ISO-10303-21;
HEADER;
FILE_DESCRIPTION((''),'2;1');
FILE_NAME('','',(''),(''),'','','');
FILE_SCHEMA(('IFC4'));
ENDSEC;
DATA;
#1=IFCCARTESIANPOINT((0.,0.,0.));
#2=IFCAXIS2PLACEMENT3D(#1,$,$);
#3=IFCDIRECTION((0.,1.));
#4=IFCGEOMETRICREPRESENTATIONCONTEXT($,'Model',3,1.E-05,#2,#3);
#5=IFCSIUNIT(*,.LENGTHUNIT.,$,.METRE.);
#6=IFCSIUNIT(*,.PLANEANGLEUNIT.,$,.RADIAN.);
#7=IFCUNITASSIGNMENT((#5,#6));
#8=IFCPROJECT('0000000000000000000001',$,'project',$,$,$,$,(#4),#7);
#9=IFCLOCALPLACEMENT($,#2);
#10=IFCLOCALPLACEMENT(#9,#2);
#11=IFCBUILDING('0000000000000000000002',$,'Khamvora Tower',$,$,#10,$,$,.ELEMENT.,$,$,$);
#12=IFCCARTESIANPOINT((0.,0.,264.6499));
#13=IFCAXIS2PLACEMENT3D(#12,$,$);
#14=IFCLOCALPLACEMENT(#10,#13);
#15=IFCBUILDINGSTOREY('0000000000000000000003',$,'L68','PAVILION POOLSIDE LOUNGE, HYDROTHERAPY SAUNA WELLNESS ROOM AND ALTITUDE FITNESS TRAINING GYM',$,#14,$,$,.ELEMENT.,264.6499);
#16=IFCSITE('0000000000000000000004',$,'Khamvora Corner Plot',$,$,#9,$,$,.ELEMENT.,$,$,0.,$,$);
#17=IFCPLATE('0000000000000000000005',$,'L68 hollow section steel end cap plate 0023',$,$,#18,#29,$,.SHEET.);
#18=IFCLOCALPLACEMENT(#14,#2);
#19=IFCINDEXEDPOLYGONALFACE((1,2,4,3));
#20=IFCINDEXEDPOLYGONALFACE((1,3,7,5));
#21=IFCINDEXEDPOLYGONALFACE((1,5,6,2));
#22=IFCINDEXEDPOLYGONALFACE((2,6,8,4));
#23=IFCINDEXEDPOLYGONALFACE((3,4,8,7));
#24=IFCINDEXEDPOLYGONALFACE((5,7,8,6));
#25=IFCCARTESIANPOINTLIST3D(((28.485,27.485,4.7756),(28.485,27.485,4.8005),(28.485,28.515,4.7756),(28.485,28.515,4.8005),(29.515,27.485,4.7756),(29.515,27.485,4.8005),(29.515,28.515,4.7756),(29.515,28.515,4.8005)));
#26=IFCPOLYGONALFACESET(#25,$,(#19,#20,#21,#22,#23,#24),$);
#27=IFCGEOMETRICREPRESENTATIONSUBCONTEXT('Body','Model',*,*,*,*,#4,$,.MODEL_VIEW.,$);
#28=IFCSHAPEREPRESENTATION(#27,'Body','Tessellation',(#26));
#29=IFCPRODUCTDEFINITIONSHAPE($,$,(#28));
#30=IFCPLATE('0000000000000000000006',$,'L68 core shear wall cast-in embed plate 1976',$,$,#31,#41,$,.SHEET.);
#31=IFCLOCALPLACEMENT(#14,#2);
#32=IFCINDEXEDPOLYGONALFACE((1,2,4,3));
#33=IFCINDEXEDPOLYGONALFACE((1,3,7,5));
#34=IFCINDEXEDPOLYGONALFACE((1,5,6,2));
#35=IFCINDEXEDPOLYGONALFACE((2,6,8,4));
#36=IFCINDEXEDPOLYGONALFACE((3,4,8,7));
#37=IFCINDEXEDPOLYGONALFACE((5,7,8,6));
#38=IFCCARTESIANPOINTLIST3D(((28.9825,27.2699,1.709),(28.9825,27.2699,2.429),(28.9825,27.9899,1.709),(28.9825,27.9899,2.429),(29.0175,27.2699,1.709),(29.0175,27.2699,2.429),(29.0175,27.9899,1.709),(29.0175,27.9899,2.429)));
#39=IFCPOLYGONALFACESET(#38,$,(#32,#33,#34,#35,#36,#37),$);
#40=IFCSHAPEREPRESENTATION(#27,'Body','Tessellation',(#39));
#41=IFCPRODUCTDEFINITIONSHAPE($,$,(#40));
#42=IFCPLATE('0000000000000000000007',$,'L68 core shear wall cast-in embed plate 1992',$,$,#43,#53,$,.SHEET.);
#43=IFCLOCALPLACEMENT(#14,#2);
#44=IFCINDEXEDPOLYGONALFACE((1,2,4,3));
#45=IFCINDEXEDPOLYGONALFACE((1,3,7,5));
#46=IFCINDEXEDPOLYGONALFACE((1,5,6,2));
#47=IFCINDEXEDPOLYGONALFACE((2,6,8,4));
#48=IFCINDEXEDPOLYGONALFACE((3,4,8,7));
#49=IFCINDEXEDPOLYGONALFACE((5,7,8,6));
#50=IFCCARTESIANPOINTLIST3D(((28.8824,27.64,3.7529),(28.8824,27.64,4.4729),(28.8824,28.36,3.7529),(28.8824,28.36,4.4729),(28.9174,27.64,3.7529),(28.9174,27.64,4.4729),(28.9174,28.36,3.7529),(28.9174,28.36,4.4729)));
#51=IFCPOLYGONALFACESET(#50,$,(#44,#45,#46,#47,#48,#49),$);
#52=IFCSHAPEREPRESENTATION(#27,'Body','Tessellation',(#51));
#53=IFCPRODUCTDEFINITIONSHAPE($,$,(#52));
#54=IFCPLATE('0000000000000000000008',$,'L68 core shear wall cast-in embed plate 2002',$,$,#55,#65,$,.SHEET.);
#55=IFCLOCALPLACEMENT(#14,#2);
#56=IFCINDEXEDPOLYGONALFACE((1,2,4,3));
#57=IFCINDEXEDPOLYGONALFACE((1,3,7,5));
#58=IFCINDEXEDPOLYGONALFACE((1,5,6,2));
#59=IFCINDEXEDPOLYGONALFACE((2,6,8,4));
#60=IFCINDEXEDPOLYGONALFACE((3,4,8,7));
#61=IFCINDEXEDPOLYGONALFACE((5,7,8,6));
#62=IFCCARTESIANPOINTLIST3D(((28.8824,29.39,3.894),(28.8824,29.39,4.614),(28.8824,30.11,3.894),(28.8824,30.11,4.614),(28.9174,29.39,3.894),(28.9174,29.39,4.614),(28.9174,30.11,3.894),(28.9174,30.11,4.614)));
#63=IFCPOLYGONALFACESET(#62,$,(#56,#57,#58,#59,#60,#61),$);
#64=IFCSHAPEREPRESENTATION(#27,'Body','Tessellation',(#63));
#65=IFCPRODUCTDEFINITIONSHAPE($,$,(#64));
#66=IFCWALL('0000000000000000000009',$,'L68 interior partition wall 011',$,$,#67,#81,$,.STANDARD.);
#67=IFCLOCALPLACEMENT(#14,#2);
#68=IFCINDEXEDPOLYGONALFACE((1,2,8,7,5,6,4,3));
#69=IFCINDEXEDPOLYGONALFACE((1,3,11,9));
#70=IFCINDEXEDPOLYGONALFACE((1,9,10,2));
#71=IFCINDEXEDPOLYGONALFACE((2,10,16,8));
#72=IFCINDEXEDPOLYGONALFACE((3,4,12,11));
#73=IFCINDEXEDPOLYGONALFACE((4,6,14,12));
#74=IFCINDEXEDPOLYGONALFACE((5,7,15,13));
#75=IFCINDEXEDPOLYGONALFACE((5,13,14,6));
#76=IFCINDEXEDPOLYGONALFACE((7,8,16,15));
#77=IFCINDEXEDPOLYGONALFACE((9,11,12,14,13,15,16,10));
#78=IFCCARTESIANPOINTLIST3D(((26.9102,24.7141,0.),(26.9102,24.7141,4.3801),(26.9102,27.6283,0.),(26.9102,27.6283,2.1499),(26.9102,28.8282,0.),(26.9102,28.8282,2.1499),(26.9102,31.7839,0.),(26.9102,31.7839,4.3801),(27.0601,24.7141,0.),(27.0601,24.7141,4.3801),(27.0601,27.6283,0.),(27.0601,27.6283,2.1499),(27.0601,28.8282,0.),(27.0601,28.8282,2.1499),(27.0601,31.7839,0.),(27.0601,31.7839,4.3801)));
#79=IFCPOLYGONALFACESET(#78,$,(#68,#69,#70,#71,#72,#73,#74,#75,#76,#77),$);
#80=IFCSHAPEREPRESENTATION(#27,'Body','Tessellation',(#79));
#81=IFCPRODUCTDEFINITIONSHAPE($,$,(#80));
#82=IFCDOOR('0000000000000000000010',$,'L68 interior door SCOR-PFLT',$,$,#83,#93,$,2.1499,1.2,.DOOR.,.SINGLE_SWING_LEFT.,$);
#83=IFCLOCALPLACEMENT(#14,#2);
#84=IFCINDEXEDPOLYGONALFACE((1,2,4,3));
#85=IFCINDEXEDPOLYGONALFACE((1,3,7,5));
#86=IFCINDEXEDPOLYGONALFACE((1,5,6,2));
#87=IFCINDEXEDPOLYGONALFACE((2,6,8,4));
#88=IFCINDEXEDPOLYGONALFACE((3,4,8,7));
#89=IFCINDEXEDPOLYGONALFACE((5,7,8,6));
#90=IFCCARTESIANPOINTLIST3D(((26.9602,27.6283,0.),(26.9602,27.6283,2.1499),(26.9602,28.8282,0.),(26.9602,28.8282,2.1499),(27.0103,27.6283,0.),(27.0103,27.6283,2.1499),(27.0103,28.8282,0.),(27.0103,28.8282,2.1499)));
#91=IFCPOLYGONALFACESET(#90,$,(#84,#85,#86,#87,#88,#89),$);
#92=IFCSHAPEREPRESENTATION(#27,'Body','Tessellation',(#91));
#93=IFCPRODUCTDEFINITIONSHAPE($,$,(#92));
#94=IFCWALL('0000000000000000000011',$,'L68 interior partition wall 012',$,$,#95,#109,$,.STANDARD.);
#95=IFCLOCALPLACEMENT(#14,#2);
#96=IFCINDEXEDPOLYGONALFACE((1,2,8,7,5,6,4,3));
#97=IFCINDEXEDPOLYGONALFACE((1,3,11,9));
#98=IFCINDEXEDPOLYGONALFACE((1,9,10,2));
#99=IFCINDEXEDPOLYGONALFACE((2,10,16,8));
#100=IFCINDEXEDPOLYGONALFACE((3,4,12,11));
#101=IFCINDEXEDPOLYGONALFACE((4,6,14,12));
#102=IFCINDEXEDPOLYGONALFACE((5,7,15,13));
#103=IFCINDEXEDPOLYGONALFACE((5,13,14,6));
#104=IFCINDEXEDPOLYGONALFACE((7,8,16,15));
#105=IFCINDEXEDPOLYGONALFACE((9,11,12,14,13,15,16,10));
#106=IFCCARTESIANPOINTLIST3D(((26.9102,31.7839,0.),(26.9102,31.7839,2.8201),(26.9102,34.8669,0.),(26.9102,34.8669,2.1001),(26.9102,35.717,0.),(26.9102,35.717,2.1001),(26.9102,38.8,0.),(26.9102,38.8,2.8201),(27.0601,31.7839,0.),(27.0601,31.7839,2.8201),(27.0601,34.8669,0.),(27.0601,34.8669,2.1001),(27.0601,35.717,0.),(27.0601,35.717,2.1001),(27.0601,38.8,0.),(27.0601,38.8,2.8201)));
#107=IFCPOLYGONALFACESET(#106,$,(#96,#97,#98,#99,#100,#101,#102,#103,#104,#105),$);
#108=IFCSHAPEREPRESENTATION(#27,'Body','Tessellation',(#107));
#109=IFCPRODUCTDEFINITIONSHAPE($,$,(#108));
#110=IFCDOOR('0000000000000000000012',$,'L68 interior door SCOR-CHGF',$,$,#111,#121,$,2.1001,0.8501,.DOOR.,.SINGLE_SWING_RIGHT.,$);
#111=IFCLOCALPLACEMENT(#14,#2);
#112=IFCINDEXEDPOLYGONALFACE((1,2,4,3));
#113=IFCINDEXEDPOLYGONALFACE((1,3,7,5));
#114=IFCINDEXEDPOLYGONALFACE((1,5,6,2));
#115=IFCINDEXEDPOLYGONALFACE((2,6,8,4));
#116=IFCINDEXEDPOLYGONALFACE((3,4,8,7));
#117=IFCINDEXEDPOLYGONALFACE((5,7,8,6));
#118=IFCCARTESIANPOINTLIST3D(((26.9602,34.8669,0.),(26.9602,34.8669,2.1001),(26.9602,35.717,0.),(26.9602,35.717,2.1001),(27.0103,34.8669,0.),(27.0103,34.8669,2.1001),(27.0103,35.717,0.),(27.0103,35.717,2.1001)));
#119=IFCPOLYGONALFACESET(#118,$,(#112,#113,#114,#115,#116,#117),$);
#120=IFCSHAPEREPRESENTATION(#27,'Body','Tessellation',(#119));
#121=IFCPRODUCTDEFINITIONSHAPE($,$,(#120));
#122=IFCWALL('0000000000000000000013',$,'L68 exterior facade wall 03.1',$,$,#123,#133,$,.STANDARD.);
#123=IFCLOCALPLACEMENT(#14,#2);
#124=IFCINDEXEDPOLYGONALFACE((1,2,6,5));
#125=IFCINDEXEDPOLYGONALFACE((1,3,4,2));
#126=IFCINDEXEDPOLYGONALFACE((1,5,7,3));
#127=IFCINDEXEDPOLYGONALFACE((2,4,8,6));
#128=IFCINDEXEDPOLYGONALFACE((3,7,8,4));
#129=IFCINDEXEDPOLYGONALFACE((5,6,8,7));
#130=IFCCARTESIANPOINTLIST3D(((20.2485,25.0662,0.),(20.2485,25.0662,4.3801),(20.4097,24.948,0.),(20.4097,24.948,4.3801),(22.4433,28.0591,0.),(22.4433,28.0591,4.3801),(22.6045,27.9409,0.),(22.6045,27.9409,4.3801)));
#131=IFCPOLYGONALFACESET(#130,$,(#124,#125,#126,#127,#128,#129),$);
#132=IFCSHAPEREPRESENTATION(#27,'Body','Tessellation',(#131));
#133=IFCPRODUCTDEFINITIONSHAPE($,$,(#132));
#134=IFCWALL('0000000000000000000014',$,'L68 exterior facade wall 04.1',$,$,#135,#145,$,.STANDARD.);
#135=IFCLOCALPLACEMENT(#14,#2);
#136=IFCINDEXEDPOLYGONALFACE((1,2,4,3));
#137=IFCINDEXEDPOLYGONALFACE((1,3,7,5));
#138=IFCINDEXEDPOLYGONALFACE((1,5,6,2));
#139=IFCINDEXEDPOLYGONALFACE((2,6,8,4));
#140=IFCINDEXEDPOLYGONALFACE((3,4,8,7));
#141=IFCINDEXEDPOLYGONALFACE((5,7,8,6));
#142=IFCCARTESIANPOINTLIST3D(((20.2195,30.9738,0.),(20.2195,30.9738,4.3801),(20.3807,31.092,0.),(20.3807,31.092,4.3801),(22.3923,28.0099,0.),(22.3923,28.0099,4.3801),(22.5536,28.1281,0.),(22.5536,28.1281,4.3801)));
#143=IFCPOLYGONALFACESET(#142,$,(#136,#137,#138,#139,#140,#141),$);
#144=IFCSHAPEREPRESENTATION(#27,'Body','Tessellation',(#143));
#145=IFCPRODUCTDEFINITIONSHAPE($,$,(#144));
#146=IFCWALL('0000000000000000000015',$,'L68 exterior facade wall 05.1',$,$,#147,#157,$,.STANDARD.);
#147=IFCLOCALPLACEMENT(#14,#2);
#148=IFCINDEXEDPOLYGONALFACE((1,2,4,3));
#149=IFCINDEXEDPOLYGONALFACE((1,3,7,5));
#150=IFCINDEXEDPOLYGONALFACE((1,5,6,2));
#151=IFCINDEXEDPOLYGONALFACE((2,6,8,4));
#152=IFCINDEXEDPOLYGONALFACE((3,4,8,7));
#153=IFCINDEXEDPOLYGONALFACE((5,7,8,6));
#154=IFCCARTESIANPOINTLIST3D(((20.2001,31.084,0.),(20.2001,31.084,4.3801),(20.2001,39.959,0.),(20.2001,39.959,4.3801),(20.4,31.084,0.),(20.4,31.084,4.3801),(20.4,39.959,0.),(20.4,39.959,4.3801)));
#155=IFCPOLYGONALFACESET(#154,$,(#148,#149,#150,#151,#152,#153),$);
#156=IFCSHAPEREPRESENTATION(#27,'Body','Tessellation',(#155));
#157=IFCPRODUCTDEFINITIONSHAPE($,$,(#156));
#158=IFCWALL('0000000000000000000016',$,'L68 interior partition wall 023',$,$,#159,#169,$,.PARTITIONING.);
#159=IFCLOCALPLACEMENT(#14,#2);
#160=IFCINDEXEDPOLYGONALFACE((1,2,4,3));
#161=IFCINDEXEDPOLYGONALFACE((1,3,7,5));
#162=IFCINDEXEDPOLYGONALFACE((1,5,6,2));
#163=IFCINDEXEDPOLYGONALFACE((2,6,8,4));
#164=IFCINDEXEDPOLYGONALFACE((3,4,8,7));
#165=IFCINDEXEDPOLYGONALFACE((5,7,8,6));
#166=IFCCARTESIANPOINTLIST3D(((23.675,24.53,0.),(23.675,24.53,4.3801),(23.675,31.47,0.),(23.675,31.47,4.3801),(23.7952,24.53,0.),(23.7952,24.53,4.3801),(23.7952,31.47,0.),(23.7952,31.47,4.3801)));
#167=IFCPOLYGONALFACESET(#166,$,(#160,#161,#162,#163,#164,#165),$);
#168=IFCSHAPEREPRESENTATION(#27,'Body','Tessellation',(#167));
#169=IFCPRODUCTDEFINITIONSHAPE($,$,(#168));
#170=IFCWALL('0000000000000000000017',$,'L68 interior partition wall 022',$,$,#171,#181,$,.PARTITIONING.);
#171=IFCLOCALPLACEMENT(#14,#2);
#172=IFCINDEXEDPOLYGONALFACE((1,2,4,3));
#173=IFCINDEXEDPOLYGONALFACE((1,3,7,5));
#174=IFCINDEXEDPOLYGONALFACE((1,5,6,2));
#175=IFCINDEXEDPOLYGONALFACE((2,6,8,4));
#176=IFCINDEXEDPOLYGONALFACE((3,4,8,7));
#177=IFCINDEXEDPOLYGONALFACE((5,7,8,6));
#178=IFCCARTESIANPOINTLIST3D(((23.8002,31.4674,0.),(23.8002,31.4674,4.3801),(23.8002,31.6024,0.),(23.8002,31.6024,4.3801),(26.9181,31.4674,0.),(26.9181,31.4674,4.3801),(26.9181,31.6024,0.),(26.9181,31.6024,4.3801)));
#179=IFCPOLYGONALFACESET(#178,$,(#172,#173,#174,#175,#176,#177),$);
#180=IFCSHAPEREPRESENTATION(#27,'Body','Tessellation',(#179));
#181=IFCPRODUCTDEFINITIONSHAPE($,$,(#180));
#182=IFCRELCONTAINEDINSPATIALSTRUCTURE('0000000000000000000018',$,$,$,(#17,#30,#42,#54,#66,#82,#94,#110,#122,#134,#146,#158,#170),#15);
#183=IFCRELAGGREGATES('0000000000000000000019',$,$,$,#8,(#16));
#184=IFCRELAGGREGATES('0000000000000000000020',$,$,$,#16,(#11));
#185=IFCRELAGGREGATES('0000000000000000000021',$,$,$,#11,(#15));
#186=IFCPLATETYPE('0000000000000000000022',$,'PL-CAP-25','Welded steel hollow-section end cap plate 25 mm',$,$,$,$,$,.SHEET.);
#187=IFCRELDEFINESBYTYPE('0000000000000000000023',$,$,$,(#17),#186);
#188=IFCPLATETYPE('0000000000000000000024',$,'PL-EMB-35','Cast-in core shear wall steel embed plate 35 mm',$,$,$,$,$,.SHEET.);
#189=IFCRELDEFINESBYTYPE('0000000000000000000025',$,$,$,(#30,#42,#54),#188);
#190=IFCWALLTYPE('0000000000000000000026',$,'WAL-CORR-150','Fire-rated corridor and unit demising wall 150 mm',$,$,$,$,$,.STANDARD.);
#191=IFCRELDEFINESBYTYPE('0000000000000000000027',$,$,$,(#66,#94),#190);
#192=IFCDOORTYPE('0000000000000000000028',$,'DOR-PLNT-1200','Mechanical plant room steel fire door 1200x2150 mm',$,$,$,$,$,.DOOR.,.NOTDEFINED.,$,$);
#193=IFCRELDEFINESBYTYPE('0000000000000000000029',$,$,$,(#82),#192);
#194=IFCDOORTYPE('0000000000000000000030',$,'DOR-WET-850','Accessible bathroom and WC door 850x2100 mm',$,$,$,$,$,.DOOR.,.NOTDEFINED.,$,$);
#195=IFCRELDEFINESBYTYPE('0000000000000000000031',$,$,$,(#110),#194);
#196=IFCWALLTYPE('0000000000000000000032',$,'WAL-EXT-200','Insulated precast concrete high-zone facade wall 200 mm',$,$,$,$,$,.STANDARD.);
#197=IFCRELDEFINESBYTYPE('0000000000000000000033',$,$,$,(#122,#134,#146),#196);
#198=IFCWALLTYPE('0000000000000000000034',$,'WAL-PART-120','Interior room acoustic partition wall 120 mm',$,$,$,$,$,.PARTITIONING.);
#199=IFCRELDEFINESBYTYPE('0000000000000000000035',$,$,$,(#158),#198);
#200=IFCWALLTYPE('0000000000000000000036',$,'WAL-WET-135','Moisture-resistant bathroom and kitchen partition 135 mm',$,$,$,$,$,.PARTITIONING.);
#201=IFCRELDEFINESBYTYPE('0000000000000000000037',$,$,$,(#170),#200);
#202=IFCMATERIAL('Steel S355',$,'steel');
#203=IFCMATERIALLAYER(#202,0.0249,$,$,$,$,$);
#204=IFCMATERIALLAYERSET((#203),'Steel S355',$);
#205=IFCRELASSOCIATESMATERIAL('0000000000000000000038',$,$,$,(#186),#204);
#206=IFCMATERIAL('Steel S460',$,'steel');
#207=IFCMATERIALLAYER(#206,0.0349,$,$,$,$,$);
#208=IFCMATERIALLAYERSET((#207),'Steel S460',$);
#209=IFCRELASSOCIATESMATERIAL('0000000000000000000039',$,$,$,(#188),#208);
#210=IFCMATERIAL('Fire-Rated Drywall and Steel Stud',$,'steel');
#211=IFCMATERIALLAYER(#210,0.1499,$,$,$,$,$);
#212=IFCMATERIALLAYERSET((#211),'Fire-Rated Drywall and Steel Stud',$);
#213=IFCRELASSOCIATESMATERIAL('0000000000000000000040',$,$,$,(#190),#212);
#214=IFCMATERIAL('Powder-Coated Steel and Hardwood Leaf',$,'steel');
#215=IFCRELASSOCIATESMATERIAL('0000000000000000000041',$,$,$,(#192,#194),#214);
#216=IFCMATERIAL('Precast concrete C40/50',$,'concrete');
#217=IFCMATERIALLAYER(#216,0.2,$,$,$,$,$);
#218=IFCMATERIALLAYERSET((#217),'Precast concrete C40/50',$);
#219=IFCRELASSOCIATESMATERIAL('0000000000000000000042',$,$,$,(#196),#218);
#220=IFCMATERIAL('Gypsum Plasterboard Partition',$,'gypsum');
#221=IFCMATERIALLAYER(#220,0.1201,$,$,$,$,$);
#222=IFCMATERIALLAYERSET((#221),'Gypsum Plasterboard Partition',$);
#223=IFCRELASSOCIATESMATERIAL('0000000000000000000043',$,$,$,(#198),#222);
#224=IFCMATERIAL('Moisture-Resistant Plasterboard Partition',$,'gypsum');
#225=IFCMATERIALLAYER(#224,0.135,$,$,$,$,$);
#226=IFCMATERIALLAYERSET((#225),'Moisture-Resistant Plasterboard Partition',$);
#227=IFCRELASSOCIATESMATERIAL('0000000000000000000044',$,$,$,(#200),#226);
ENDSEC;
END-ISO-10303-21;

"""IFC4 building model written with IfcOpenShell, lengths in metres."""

from ifc_helpers import new_model, si_unit, direction, frame, frame_2d, origin, origin_2d, place, context, subcontext, project, spatial, rectangle, extrude, material, layer, layer_set, type_object, element, fill, save


model = new_model("IFC4")

# Units and contexts
model_context = context("Model", 3, precision=1e-05, world=origin(), true_north=direction((0.0, 1.0)))
body_context = subcontext(model_context, "Body", "Model", "MODEL_VIEW")
ifc_project = project(units=[si_unit("LENGTHUNIT", "METRE"), si_unit("PLANEANGLEUNIT", "RADIAN")], contexts=[model_context])

# Site, building, storey
site_placement = place(None, origin())
site = spatial("IfcSite", under=ifc_project, at=site_placement, Name="Khamvora Corner Plot", CompositionType="ELEMENT", RefElevation=0.0)
building_placement = place(site_placement, origin())
building = spatial("IfcBuilding", under=site, at=building_placement, Name="Khamvora Tower", CompositionType="ELEMENT")
storey_placement = place(building_placement, frame((0.0, 0.0, 264.6499)))
storey = spatial("IfcBuildingStorey", under=building, at=storey_placement, Name="L68", Description="PAVILION POOLSIDE LOUNGE, HYDROTHERAPY SAUNA WELLNESS ROOM AND ALTITUDE FITNESS TRAINING GYM", CompositionType="ELEMENT", Elevation=264.6499)

# Shared definitions
ifc_material_1 = material(Name="Steel S355", Category="steel")

# Plates
ifc_layer_1 = layer(ifc_material_1, 0.0249)
ifc_layer_set_1 = layer_set([ifc_layer_1], Name="Steel S355")
plate_type_1 = type_object("IfcPlateType", Name="PL-CAP-25", Description="Welded steel hollow-section end cap plate 25 mm", PredefinedType="SHEET", material=ifc_layer_set_1)
plate_placement = place(storey_placement, frame((29.0, 28.0, 4.7756), z_axis=(0.0, 0.0, 1.0), x_axis=(1.0, 0.0, 0.0)))
element("IfcPlate", 1, at=plate_placement, inside=storey, type_object=plate_type_1, Name="L68 hollow section steel end cap plate 0023", PredefinedType="SHEET", context=body_context, shape_type="SweptSolid", body=[
    extrude(rectangle(XDim=1.03, YDim=1.03, at=origin_2d()), origin(), (0.0, 0.0, 1.0), 0.0249),
])
ifc_material_2 = material(Name="Steel S460", Category="steel")
ifc_layer_2 = layer(ifc_material_2, 0.0349)
ifc_layer_set_2 = layer_set([ifc_layer_2], Name="Steel S460")
plate_type_2 = type_object("IfcPlateType", Name="PL-EMB-35", Description="Cast-in core shear wall steel embed plate 35 mm", PredefinedType="SHEET", material=ifc_layer_set_2)
for number, where, z_axis, x_axis, name in (
    (2, (29.0, 27.6299, 1.709), (0.0, 0.0, 1.0), (1.0, 0.0, 0.0), "L68 core shear wall cast-in embed plate 1976"),
    (3, (28.8999, 28.0, 3.7529), (0.0, 0.0, 1.0), (1.0, 0.0, 0.0), "L68 core shear wall cast-in embed plate 1992"),
    (4, (28.8999, 29.75, 3.894), (0.0, 0.0, 1.0), (1.0, 0.0, 0.0), "L68 core shear wall cast-in embed plate 2002"),
):
    element("IfcPlate", number, at=place(storey_placement, frame(where, z_axis=z_axis, x_axis=x_axis)), inside=storey, type_object=plate_type_2, Name=name, PredefinedType="SHEET", context=body_context, shape_type="SweptSolid", body=[
        extrude(rectangle(XDim=0.0349, YDim=0.72, at=origin_2d()), origin(), (0.0, 0.0, 1.0), 0.72),
    ])

# Walls, openings, doors
ifc_material_3 = material(Name="Fire-Rated Drywall and Steel Stud", Category="steel")
ifc_layer_3 = layer(ifc_material_3, 0.1499)
ifc_layer_set_3 = layer_set([ifc_layer_3], Name="Fire-Rated Drywall and Steel Stud")
wall_type_1 = type_object("IfcWallType", Name="WAL-CORR-150", Description="Fire-rated corridor and unit demising wall 150 mm", PredefinedType="STANDARD", material=ifc_layer_set_3)
wall_1_placement = place(storey_placement, frame((26.9851, 24.7141, 0.0), z_axis=(0.0, 0.0, 1.0), x_axis=(0.0, 1.0, 0.0)))
wall_1 = element("IfcWall", 5, at=wall_1_placement, inside=storey, type_object=wall_type_1, Name="L68 interior partition wall 011", PredefinedType="STANDARD", context=body_context, shape_type="SweptSolid", body=[
    extrude(rectangle(XDim=7.0698, YDim=0.1499, at=frame_2d((3.5349, 0.0))), origin(), (0.0, 0.0, 1.0), 4.3801),
])
opening_1_placement = place(wall_1_placement, frame((2.9141, 0.0, 0.0)))
opening_1 = element("IfcOpeningElement", 6, at=opening_1_placement, cuts=wall_1, PredefinedType="OPENING", context=body_context, shape_type="SweptSolid", body=[
    extrude(rectangle(XDim=1.2, YDim=2.1499, at=frame_2d((0.6001, 1.075))), frame((0.0, 0.085, 0.0), z_axis=(0.0, -1.0, 0.0), x_axis=(1.0, 0.0, 0.0)), (0.0, 0.0, 1.0), 0.1699),
])
ifc_material_4 = material(Name="Powder-Coated Steel and Hardwood Leaf", Category="steel")
door_type_1 = type_object("IfcDoorType", Name="DOR-PLNT-1200", Description="Mechanical plant room steel fire door 1200x2150 mm", OperationType="NOTDEFINED", PredefinedType="DOOR", material=ifc_material_4)
door_1_placement = place(opening_1_placement, origin())
door_1 = element("IfcDoor", 7, at=door_1_placement, inside=storey, type_object=door_type_1, Name="L68 interior door SCOR-PFLT", OperationType="SINGLE_SWING_LEFT", OverallHeight=2.1499, OverallWidth=1.2, PredefinedType="DOOR", context=body_context, shape_type="SweptSolid", body=[
    extrude(rectangle(XDim=1.2, YDim=2.1499, at=frame_2d((0.6001, 1.075))), frame((0.0, 0.0249, 0.0), z_axis=(0.0, -1.0, 0.0), x_axis=(1.0, 0.0, 0.0)), (0.0, 0.0, 1.0), 0.05),
])
fill(opening_1, door_1)
wall_2_placement = place(storey_placement, frame((26.9851, 31.7839, 0.0), z_axis=(0.0, 0.0, 1.0), x_axis=(0.0, 1.0, 0.0)))
wall_2 = element("IfcWall", 8, at=wall_2_placement, inside=storey, type_object=wall_type_1, Name="L68 interior partition wall 012", PredefinedType="STANDARD", context=body_context, shape_type="SweptSolid", body=[
    extrude(rectangle(XDim=7.0161, YDim=0.1499, at=frame_2d((3.5081, 0.0))), origin(), (0.0, 0.0, 1.0), 2.8201),
])
opening_2_placement = place(wall_2_placement, frame((3.083, 0.0, 0.0)))
opening_2 = element("IfcOpeningElement", 9, at=opening_2_placement, cuts=wall_2, PredefinedType="OPENING", context=body_context, shape_type="SweptSolid", body=[
    extrude(rectangle(XDim=0.8501, YDim=2.1001, at=frame_2d((0.425, 1.05))), frame((0.0, 0.085, 0.0), z_axis=(0.0, -1.0, 0.0), x_axis=(1.0, 0.0, 0.0)), (0.0, 0.0, 1.0), 0.1699),
])
door_type_2 = type_object("IfcDoorType", Name="DOR-WET-850", Description="Accessible bathroom and WC door 850x2100 mm", OperationType="NOTDEFINED", PredefinedType="DOOR", material=ifc_material_4)
door_2_placement = place(opening_2_placement, origin())
door_2 = element("IfcDoor", 10, at=door_2_placement, inside=storey, type_object=door_type_2, Name="L68 interior door SCOR-CHGF", OperationType="SINGLE_SWING_RIGHT", OverallHeight=2.1001, OverallWidth=0.8501, PredefinedType="DOOR", context=body_context, shape_type="SweptSolid", body=[
    extrude(rectangle(XDim=0.8501, YDim=2.1001, at=frame_2d((0.425, 1.05))), frame((0.0, 0.0249, 0.0), z_axis=(0.0, -1.0, 0.0), x_axis=(1.0, 0.0, 0.0)), (0.0, 0.0, 1.0), 0.05),
])
fill(opening_2, door_2)

# Walls
ifc_material_5 = material(Name="Precast concrete C40/50", Category="concrete")
ifc_layer_4 = layer(ifc_material_5, 0.2)
ifc_layer_set_4 = layer_set([ifc_layer_4], Name="Precast concrete C40/50")
wall_type_2 = type_object("IfcWallType", Name="WAL-EXT-200", Description="Insulated precast concrete high-zone facade wall 200 mm", PredefinedType="STANDARD", material=ifc_layer_set_4)
wall_3_placement = place(storey_placement, frame((20.3291, 25.0071, 0.0), z_axis=(0.0, 0.0, 1.0), x_axis=(0.591367, 0.806403, 0.0)))
element("IfcWall", 11, at=wall_3_placement, inside=storey, type_object=wall_type_2, Name="L68 exterior facade wall 03.1", PredefinedType="STANDARD", context=body_context, shape_type="SweptSolid", body=[
    extrude(rectangle(XDim=3.7114, YDim=0.2, at=frame_2d((1.8557, 0.0))), origin(), (0.0, 0.0, 1.0), 4.3801),
])
wall_4_placement = place(storey_placement, frame((22.4729, 28.0691, 0.0), z_axis=(0.0, 0.0, 1.0), x_axis=(-0.591248, 0.806489, 0.0)))
element("IfcWall", 12, at=wall_4_placement, inside=storey, type_object=wall_type_2, Name="L68 exterior facade wall 04.1", PredefinedType="STANDARD", context=body_context, shape_type="SweptSolid", body=[
    extrude(rectangle(XDim=3.675, YDim=0.2, at=frame_2d((1.8374, 0.0))), origin(), (0.0, 0.0, 1.0), 4.3801),
])
wall_5_placement = place(storey_placement, frame((20.3, 31.084, 0.0), z_axis=(0.0, 0.0, 1.0), x_axis=(0.0, 1.0, 0.0)))
element("IfcWall", 13, at=wall_5_placement, inside=storey, type_object=wall_type_2, Name="L68 exterior facade wall 05.1", PredefinedType="STANDARD", context=body_context, shape_type="SweptSolid", body=[
    extrude(rectangle(XDim=8.875, YDim=0.2, at=frame_2d((4.4375, 0.0))), origin(), (0.0, 0.0, 1.0), 4.3801),
])
ifc_material_6 = material(Name="Gypsum Plasterboard Partition", Category="gypsum")
ifc_layer_5 = layer(ifc_material_6, 0.1201)
ifc_layer_set_5 = layer_set([ifc_layer_5], Name="Gypsum Plasterboard Partition")
wall_type_3 = type_object("IfcWallType", Name="WAL-PART-120", Description="Interior room acoustic partition wall 120 mm", PredefinedType="PARTITIONING", material=ifc_layer_set_5)
wall_6_placement = place(storey_placement, frame((23.7351, 24.53, 0.0), z_axis=(0.0, 0.0, 1.0), x_axis=(0.0, 1.0, 0.0)))
element("IfcWall", 14, at=wall_6_placement, inside=storey, type_object=wall_type_3, Name="L68 interior partition wall 023", PredefinedType="PARTITIONING", context=body_context, shape_type="SweptSolid", body=[
    extrude(rectangle(XDim=6.9399, YDim=0.1201, at=frame_2d((3.47, 0.0))), origin(), (0.0, 0.0, 1.0), 4.3801),
])
ifc_material_7 = material(Name="Moisture-Resistant Plasterboard Partition", Category="gypsum")
ifc_layer_6 = layer(ifc_material_7, 0.135)
ifc_layer_set_6 = layer_set([ifc_layer_6], Name="Moisture-Resistant Plasterboard Partition")
wall_type_4 = type_object("IfcWallType", Name="WAL-WET-135", Description="Moisture-resistant bathroom and kitchen partition 135 mm", PredefinedType="PARTITIONING", material=ifc_layer_set_6)
wall_7_placement = place(storey_placement, frame((23.8, 31.5349, 0.0), z_axis=(0.0, 0.0, 1.0), x_axis=(1.0, 0.0, 0.0)))
element("IfcWall", 15, at=wall_7_placement, inside=storey, type_object=wall_type_4, Name="L68 interior partition wall 022", PredefinedType="PARTITIONING", context=body_context, shape_type="SweptSolid", body=[
    extrude(rectangle(XDim=3.1179, YDim=0.135, at=frame_2d((1.5591, 0.0))), origin(), (0.0, 0.0, 1.0), 4.3801),
])

save(model, "model.ifc")
